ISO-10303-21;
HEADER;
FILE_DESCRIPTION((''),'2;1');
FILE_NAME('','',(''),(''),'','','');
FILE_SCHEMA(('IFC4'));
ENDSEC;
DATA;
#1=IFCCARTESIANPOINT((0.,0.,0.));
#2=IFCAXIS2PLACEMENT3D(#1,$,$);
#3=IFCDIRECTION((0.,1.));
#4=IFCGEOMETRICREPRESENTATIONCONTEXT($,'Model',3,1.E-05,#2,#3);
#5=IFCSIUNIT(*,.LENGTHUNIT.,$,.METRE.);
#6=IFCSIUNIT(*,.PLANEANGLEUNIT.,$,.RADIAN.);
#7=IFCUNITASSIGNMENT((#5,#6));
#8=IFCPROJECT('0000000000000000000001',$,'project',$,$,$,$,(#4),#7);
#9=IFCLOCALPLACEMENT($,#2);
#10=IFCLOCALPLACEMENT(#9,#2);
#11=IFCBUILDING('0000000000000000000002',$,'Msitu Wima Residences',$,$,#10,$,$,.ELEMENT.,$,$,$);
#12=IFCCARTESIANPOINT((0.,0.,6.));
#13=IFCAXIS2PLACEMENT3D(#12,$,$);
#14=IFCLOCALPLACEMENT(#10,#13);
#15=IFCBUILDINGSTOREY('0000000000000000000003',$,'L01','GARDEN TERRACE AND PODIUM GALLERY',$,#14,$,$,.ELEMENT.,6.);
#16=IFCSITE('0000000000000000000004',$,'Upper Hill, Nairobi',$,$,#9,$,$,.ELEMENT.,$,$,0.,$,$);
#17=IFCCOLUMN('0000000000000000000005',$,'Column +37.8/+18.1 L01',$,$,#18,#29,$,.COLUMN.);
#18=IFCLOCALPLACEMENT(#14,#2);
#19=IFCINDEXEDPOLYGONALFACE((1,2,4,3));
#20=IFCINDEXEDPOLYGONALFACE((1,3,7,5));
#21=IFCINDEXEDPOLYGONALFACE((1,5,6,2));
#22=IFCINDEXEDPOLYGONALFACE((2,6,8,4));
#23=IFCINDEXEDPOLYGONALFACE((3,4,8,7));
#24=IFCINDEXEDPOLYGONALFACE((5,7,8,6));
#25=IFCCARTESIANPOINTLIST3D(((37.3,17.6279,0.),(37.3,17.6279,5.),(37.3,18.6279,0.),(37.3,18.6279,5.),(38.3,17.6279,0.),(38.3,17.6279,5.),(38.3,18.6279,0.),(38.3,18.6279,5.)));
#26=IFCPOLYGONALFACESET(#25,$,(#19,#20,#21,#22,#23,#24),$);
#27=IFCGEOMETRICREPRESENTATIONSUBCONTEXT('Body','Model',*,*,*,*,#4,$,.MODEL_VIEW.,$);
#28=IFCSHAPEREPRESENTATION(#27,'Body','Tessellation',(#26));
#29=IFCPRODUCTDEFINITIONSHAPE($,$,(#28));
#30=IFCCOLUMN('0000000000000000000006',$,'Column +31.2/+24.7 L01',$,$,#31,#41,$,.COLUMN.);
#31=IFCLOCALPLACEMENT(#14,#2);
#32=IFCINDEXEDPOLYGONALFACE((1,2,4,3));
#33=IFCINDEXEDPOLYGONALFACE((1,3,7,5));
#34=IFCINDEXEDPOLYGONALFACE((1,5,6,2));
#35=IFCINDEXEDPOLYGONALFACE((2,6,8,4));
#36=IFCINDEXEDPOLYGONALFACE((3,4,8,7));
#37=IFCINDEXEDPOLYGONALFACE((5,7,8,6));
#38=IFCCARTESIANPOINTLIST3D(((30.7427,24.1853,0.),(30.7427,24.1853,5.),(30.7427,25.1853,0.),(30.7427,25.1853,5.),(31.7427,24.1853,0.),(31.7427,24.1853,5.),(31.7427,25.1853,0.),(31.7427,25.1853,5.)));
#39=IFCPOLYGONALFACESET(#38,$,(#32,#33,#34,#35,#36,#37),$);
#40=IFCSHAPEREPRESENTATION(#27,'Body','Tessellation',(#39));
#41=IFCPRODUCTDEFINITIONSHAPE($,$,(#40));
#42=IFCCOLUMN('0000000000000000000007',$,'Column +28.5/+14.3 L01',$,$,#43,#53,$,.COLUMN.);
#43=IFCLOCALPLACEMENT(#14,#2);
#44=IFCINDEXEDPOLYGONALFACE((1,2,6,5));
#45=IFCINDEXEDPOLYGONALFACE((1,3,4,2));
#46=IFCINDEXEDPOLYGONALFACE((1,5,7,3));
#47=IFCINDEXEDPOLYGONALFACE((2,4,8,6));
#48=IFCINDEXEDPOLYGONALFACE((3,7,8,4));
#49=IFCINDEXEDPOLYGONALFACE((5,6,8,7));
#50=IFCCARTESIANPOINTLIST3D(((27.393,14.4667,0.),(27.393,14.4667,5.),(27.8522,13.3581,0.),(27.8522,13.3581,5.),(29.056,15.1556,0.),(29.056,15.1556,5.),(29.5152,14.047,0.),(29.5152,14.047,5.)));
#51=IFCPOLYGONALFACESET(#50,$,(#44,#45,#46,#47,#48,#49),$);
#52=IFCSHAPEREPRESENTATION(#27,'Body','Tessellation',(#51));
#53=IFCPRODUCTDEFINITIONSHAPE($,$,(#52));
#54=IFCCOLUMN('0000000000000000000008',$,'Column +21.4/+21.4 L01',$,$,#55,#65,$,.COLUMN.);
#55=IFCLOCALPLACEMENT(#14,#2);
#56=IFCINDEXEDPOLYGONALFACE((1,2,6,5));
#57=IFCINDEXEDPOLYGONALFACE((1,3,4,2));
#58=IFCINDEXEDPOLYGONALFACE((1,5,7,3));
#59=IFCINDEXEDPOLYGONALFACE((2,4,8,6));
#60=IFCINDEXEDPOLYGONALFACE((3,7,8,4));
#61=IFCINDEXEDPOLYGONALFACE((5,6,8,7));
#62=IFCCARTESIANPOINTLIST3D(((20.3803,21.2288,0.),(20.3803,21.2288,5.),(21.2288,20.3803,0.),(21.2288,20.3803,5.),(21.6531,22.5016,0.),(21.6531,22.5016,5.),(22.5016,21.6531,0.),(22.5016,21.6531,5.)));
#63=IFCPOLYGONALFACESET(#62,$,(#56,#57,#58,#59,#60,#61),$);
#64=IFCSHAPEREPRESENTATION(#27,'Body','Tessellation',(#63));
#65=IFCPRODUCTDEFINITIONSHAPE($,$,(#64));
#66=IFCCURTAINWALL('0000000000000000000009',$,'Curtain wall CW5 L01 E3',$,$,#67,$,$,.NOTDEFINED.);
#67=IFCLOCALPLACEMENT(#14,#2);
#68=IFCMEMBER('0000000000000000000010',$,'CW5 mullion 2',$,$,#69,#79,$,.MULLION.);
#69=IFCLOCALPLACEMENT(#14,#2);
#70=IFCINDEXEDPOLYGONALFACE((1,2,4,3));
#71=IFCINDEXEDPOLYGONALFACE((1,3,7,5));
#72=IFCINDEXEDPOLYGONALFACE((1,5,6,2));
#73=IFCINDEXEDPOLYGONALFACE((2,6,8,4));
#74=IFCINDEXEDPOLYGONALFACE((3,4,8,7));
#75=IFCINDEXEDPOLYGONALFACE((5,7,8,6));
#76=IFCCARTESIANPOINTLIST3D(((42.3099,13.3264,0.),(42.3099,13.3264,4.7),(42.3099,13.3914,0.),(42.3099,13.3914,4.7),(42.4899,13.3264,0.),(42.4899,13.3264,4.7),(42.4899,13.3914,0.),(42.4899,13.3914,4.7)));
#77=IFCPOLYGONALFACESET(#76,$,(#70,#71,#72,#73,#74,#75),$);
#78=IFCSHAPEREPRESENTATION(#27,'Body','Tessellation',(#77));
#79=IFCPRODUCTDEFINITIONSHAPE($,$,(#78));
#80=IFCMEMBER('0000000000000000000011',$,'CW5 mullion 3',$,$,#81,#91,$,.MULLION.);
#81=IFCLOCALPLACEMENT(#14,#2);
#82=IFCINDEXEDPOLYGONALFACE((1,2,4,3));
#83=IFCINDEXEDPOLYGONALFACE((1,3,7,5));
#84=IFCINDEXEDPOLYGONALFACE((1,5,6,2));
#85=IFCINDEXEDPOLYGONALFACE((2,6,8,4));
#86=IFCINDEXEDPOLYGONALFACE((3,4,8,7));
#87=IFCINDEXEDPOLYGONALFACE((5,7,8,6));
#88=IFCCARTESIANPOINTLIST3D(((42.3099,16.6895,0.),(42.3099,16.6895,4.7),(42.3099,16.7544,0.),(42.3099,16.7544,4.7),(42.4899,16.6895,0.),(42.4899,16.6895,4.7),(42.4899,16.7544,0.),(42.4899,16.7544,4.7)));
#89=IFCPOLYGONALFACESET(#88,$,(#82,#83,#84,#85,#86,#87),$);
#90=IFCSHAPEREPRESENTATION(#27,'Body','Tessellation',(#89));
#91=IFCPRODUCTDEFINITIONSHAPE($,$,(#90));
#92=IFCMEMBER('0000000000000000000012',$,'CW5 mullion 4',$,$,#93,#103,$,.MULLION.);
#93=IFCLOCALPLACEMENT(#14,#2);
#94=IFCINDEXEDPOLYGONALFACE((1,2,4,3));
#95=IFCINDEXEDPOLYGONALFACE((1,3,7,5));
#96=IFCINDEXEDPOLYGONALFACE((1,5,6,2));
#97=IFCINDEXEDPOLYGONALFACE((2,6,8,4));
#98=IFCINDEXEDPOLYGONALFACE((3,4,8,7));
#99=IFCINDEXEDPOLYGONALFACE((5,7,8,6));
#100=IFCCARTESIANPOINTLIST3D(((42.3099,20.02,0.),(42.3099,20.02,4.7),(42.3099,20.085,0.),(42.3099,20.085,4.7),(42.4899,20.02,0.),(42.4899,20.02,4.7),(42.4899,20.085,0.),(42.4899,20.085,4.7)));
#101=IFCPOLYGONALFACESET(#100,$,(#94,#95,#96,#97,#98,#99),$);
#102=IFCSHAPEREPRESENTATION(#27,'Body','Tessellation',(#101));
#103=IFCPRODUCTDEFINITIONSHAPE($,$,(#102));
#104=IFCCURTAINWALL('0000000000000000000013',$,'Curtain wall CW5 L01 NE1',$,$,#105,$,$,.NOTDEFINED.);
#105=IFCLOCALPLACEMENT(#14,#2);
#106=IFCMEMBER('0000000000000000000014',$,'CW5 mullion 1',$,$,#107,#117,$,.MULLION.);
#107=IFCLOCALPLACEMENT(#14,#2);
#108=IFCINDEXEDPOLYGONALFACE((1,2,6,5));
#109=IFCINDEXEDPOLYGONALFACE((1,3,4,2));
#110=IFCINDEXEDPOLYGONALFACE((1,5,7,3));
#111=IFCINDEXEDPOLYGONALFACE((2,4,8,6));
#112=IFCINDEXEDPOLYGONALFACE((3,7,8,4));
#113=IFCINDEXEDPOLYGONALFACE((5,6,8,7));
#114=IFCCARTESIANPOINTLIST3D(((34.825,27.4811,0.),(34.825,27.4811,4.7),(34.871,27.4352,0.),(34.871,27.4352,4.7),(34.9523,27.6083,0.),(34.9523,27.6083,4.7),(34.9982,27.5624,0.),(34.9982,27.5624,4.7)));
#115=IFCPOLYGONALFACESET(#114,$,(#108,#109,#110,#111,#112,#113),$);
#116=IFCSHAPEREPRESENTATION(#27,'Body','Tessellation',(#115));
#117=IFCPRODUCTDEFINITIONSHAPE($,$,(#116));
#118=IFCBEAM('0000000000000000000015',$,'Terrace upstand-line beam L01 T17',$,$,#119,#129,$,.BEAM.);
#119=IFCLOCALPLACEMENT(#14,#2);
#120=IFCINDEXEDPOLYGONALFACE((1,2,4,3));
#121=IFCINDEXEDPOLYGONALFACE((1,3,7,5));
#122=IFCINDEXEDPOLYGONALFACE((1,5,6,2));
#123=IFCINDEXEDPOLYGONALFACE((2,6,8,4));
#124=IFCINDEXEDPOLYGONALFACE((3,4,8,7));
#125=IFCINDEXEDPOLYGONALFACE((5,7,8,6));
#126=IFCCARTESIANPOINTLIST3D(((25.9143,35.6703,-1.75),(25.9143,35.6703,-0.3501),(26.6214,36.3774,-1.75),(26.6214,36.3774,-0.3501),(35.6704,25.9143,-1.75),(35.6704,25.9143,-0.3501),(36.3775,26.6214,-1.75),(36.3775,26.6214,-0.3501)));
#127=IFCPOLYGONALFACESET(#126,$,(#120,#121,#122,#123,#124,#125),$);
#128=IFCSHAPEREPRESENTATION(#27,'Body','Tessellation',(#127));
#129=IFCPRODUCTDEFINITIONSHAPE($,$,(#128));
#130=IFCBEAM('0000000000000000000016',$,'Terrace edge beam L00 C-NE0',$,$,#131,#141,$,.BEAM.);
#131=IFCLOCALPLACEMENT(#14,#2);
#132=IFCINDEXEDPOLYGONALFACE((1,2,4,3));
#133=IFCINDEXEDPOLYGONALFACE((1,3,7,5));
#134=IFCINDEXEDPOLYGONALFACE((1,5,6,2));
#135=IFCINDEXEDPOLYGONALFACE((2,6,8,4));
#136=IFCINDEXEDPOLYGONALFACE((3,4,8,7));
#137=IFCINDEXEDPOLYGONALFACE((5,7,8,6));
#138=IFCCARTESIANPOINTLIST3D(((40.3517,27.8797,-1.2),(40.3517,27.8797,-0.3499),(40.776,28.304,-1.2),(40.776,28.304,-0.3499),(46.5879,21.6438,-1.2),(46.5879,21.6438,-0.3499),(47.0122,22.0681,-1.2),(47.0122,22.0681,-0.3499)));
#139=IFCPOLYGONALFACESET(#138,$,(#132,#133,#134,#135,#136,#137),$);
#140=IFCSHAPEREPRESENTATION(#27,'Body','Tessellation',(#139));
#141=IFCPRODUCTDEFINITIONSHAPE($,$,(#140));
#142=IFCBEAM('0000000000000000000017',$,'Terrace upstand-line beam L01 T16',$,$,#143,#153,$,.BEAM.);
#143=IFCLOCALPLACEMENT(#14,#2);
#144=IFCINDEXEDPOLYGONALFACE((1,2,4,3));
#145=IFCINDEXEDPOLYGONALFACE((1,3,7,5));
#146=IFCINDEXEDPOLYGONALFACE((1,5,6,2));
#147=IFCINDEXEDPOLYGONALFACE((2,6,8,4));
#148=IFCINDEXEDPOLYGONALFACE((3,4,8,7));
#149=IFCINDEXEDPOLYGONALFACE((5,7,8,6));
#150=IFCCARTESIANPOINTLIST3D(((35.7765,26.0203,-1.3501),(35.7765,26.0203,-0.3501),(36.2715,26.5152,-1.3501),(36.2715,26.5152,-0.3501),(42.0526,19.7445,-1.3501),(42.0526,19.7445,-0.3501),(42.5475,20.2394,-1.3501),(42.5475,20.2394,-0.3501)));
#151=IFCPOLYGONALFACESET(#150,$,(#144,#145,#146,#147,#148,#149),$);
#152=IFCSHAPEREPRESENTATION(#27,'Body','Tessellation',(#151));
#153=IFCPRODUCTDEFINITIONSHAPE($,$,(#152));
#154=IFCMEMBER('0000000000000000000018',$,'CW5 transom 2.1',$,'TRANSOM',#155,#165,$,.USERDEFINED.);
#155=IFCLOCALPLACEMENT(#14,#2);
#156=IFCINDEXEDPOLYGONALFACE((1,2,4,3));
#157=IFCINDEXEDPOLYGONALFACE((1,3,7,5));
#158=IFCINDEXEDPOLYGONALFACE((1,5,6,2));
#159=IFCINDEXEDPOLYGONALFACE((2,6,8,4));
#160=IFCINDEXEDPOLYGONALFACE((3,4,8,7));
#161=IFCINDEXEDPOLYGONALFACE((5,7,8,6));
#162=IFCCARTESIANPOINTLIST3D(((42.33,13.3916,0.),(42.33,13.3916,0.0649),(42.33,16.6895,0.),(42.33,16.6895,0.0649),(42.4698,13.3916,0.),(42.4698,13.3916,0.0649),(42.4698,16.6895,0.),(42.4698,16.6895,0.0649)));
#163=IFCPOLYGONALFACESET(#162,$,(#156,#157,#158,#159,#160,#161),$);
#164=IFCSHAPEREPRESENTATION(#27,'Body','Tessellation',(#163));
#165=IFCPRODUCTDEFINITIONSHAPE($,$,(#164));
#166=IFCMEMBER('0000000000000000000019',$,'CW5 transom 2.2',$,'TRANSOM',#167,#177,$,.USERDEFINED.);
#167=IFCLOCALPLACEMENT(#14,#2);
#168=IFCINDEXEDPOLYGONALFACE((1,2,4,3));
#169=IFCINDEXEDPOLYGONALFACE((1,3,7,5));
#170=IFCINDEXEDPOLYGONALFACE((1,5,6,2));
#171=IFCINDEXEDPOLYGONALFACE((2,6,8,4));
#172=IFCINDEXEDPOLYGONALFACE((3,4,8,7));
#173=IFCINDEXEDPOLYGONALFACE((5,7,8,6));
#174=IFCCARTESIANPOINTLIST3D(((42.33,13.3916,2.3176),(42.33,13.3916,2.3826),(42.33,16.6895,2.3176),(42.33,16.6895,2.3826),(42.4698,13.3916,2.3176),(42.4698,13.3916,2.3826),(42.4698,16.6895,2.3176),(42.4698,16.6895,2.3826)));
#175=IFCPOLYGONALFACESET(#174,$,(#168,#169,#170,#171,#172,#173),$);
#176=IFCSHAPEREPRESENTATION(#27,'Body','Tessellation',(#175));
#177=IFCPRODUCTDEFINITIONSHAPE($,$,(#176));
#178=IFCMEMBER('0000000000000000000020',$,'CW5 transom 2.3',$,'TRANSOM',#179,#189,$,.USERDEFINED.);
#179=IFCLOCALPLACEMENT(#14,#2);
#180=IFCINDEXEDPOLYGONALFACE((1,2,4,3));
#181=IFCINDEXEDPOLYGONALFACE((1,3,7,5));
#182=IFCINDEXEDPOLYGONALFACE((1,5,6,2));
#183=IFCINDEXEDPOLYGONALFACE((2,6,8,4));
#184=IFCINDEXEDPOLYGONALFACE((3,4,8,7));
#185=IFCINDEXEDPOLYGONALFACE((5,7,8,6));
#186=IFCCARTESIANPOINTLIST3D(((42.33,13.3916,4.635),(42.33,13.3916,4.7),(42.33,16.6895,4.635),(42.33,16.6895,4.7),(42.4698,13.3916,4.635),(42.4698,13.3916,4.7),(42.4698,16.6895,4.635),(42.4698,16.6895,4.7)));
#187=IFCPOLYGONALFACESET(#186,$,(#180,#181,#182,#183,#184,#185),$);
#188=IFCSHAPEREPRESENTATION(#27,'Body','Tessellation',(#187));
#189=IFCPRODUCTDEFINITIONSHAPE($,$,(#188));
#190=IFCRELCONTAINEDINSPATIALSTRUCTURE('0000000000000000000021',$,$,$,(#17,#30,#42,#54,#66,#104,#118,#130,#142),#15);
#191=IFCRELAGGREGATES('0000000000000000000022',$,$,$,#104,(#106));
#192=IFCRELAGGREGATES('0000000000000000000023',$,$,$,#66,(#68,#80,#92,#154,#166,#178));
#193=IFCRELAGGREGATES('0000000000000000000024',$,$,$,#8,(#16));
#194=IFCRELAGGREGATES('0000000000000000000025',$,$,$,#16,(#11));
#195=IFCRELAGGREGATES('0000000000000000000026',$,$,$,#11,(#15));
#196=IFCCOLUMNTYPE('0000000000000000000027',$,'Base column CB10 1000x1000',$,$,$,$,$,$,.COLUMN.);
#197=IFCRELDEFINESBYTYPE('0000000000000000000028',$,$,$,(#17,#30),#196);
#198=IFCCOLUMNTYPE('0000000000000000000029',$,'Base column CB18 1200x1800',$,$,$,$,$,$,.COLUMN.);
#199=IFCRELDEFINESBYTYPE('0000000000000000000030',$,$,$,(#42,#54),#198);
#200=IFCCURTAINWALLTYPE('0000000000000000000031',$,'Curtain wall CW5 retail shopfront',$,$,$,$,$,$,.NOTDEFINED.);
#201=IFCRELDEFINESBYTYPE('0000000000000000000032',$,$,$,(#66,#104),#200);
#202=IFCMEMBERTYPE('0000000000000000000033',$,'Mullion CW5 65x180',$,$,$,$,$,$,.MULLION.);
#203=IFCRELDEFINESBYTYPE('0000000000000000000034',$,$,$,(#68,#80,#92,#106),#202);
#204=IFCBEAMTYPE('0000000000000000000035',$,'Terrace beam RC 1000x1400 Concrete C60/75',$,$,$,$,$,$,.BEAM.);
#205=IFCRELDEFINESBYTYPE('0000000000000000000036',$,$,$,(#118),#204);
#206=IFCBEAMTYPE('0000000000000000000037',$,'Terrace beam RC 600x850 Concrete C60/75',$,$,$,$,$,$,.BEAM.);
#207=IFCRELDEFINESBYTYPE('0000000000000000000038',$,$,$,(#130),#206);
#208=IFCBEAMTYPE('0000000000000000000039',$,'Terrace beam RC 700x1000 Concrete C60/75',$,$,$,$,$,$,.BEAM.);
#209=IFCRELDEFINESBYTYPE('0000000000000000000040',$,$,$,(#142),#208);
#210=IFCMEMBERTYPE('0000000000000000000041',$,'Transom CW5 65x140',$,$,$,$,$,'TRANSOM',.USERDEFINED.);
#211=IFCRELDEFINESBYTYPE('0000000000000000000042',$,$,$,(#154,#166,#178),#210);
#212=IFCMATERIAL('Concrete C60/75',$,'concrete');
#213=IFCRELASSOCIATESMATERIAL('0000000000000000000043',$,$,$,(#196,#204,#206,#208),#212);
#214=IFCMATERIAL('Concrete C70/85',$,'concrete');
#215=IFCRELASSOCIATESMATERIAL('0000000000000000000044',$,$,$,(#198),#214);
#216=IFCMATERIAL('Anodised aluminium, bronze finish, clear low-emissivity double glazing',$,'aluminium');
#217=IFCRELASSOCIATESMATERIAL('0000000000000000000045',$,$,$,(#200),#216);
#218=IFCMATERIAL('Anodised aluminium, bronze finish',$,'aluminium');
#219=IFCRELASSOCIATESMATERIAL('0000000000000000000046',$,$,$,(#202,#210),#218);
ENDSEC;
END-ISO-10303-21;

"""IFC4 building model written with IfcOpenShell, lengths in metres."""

from ifc_helpers import new_model, si_unit, direction, frame, origin, origin_2d, place, context, subcontext, project, spatial, rectangle, extrude, material, material_profile, profile_set, type_object, element, aggregate, save


model = new_model("IFC4")

# Units and contexts
model_context = context("Model", 3, precision=1e-05, world=origin(), true_north=direction((0.0, 1.0)))
body_context = subcontext(model_context, "Body", "Model", "MODEL_VIEW")
ifc_project = project(units=[si_unit("LENGTHUNIT", "METRE"), si_unit("PLANEANGLEUNIT", "RADIAN")], contexts=[model_context])

# Site, building, storey
site_placement = place(None, origin())
site = spatial("IfcSite", under=ifc_project, at=site_placement, Name="Upper Hill, Nairobi", CompositionType="ELEMENT", RefElevation=0.0)
building_placement = place(site_placement, origin())
building = spatial("IfcBuilding", under=site, at=building_placement, Name="Msitu Wima Residences", CompositionType="ELEMENT")
storey_placement = place(building_placement, frame((0.0, 0.0, 6.0)))
storey = spatial("IfcBuildingStorey", under=building, at=storey_placement, Name="L01", Description="GARDEN TERRACE AND PODIUM GALLERY", CompositionType="ELEMENT", Elevation=6.0)

# Columns
ifc_material_1 = material(Name="Concrete C60/75", Category="concrete")
ifc_material_profile_1 = material_profile(ifc_material_1, rectangle(XDim=1.0, YDim=1.0, at=origin_2d()), Name="RC 1000x1000")
ifc_profile_set_1 = profile_set([ifc_material_profile_1], Name="Concrete C60/75")
column_type_1 = type_object("IfcColumnType", Name="Base column CB10 1000x1000", PredefinedType="COLUMN", material=ifc_profile_set_1)
for number, where, z_axis, x_axis, name in (
    (1, (37.8, 18.1279, 0.0), (0.0, 0.0, 1.0), (1.0, 0.0, 0.0), "Column +37.8/+18.1 L01"),
    (2, (31.2427, 24.6853, 0.0), (0.0, 0.0, 1.0), (1.0, 0.0, 0.0), "Column +31.2/+24.7 L01"),
):
    element("IfcColumn", number, at=place(storey_placement, frame(where, z_axis=z_axis, x_axis=x_axis)), inside=storey, type_object=column_type_1, Name=name, PredefinedType="COLUMN", context=body_context, shape_type="SweptSolid", body=[
        extrude(rectangle(XDim=1.0, YDim=1.0, at=origin_2d()), origin(), (0.0, 0.0, 1.0), 5.0),
    ])
ifc_material_2 = material(Name="Concrete C70/85", Category="concrete")
ifc_material_profile_2 = material_profile(ifc_material_2, rectangle(XDim=1.2, YDim=1.8, at=origin_2d()), Name="RC 1200x1800")
ifc_profile_set_2 = profile_set([ifc_material_profile_2], Name="Concrete C70/85")
column_type_2 = type_object("IfcColumnType", Name="Base column CB18 1200x1800", PredefinedType="COLUMN", material=ifc_profile_set_2)
for number, where, z_axis, x_axis, name in (
    (3, (28.4541, 14.2568, 0.0), (0.0, 0.0, 1.0), (-0.382683, 0.92388, 0.0), "Column +28.5/+14.3 L01"),
    (4, (21.4409, 21.4409, 0.0), (0.0, 0.0, 1.0), (-0.707107, 0.707107, 0.0), "Column +21.4/+21.4 L01"),
):
    element("IfcColumn", number, at=place(storey_placement, frame(where, z_axis=z_axis, x_axis=x_axis)), inside=storey, type_object=column_type_2, Name=name, PredefinedType="COLUMN", context=body_context, shape_type="SweptSolid", body=[
        extrude(rectangle(XDim=1.2, YDim=1.8, at=origin_2d()), origin(), (0.0, 0.0, 1.0), 5.0),
    ])

# Curtain wall, members
ifc_material_3 = material(Name="Anodised aluminium, bronze finish, clear low-emissivity double glazing", Category="aluminium")
curtain_wall_type = type_object("IfcCurtainWallType", Name="Curtain wall CW5 retail shopfront", PredefinedType="NOTDEFINED", material=ifc_material_3)
curtain_wall_1_placement = place(storey_placement, origin())
curtain_wall_1 = element("IfcCurtainWall", 5, at=curtain_wall_1_placement, inside=storey, type_object=curtain_wall_type, Name="Curtain wall CW5 L01 E3", PredefinedType="NOTDEFINED")
ifc_material_4 = material(Name="Anodised aluminium, bronze finish", Category="aluminium")
ifc_material_profile_3 = material_profile(ifc_material_4, rectangle(XDim=0.1799, YDim=0.0649, at=origin_2d()), Name="Mullion 65x180")
ifc_profile_set_3 = profile_set([ifc_material_profile_3], Name="Anodised aluminium, bronze finish")
member_type_1 = type_object("IfcMemberType", Name="Mullion CW5 65x180", PredefinedType="MULLION", material=ifc_profile_set_3)
member_1_placement = place(storey_placement, frame((42.3999, 13.3589, 0.0), z_axis=(0.0, 0.0, 1.0), x_axis=(-1.0, 0.0, 0.0)))
member_1 = element("IfcMember", 6, at=member_1_placement, type_object=member_type_1, Name="CW5 mullion 2", PredefinedType="MULLION", context=body_context, shape_type="SweptSolid", body=[
    extrude(rectangle(XDim=0.1799, YDim=0.0649, at=origin_2d()), origin(), (0.0, 0.0, 1.0), 4.7),
])
member_2_placement = place(storey_placement, frame((42.3999, 16.7219, 0.0), z_axis=(0.0, 0.0, 1.0), x_axis=(-1.0, 0.0, 0.0)))
member_2 = element("IfcMember", 7, at=member_2_placement, type_object=member_type_1, Name="CW5 mullion 3", PredefinedType="MULLION", context=body_context, shape_type="SweptSolid", body=[
    extrude(rectangle(XDim=0.1799, YDim=0.0649, at=origin_2d()), origin(), (0.0, 0.0, 1.0), 4.7),
])
member_3_placement = place(storey_placement, frame((42.3999, 20.0525, 0.0), z_axis=(0.0, 0.0, 1.0), x_axis=(-1.0, 0.0, 0.0)))
member_3 = element("IfcMember", 8, at=member_3_placement, type_object=member_type_1, Name="CW5 mullion 4", PredefinedType="MULLION", context=body_context, shape_type="SweptSolid", body=[
    extrude(rectangle(XDim=0.1799, YDim=0.0649, at=origin_2d()), origin(), (0.0, 0.0, 1.0), 4.7),
])

# Curtain wall, member
curtain_wall_2_placement = place(storey_placement, origin())
curtain_wall_2 = element("IfcCurtainWall", 9, at=curtain_wall_2_placement, inside=storey, type_object=curtain_wall_type, Name="Curtain wall CW5 L01 NE1", PredefinedType="NOTDEFINED")
member_4_placement = place(storey_placement, frame((34.9116, 27.5217, 0.0), z_axis=(0.0, 0.0, 1.0), x_axis=(-0.707107, -0.707107, 0.0)))
member_4 = element("IfcMember", 10, at=member_4_placement, type_object=member_type_1, Name="CW5 mullion 1", PredefinedType="MULLION", context=body_context, shape_type="SweptSolid", body=[
    extrude(rectangle(XDim=0.1799, YDim=0.0649, at=origin_2d()), origin(), (0.0, 0.0, 1.0), 4.7),
])

# Beams
ifc_material_profile_4 = material_profile(ifc_material_1, rectangle(XDim=1.0, YDim=1.3999, at=origin_2d()), Name="RC 1000x1400")
ifc_profile_set_4 = profile_set([ifc_material_profile_4], Name="Concrete C60/75")
beam_type_1 = type_object("IfcBeamType", Name="Terrace beam RC 1000x1400 Concrete C60/75", PredefinedType="BEAM", material=ifc_profile_set_4)
beam_1_placement = place(storey_placement, frame((36.0239, 26.2678, -1.05), z_axis=(-0.707107, 0.707107, 0.0), x_axis=(-0.707107, -0.707107, 0.0)))
element("IfcBeam", 11, at=beam_1_placement, inside=storey, type_object=beam_type_1, Name="Terrace upstand-line beam L01 T17", PredefinedType="BEAM", context=body_context, shape_type="SweptSolid", body=[
    extrude(rectangle(XDim=1.0, YDim=1.3999, at=origin_2d()), origin(), (0.0, 0.0, 1.0), 13.7971),
])
ifc_material_profile_5 = material_profile(ifc_material_1, rectangle(XDim=0.6001, YDim=0.8501, at=origin_2d()), Name="RC 600x850")
ifc_profile_set_5 = profile_set([ifc_material_profile_5], Name="Concrete C60/75")
beam_type_2 = type_object("IfcBeamType", Name="Terrace beam RC 600x850 Concrete C60/75", PredefinedType="BEAM", material=ifc_profile_set_5)
beam_2_placement = place(storey_placement, frame((46.8, 21.856, -0.7749), z_axis=(-0.707121, 0.707093, 0.0), x_axis=(-0.707093, -0.707121, 0.0)))
element("IfcBeam", 12, at=beam_2_placement, inside=storey, type_object=beam_type_2, Name="Terrace edge beam L00 C-NE0", PredefinedType="BEAM", context=body_context, shape_type="SweptSolid", body=[
    extrude(rectangle(XDim=0.6001, YDim=0.8501, at=origin_2d()), origin(), (0.0, 0.0, 1.0), 8.8191),
])
ifc_material_profile_6 = material_profile(ifc_material_1, rectangle(XDim=0.7, YDim=1.0, at=origin_2d()), Name="RC 700x1000")
ifc_profile_set_6 = profile_set([ifc_material_profile_6], Name="Concrete C60/75")
beam_type_3 = type_object("IfcBeamType", Name="Terrace beam RC 700x1000 Concrete C60/75", PredefinedType="BEAM", material=ifc_profile_set_6)
beam_3_placement = place(storey_placement, frame((42.3, 19.9919, -0.8501), z_axis=(-0.707121, 0.707093, 0.0), x_axis=(-0.707093, -0.707121, 0.0)))
element("IfcBeam", 13, at=beam_3_placement, inside=storey, type_object=beam_type_3, Name="Terrace upstand-line beam L01 T16", PredefinedType="BEAM", context=body_context, shape_type="SweptSolid", body=[
    extrude(rectangle(XDim=0.7, YDim=1.0, at=origin_2d()), origin(), (0.0, 0.0, 1.0), 8.8755),
])

# Members
ifc_material_profile_7 = material_profile(ifc_material_4, rectangle(XDim=0.1399, YDim=0.0649, at=origin_2d()), Name="Transom 65x140")
ifc_profile_set_7 = profile_set([ifc_material_profile_7], Name="Anodised aluminium, bronze finish")
member_type_2 = type_object("IfcMemberType", Name="Transom CW5 65x140", ElementType="TRANSOM", PredefinedType="USERDEFINED", material=ifc_profile_set_7)
member_5_placement = place(storey_placement, frame((42.3999, 13.3916, 0.0325), z_axis=(0.0, 1.0, 0.0), x_axis=(-1.0, 0.0, 0.0)))
member_5 = element("IfcMember", 14, at=member_5_placement, type_object=member_type_2, Name="CW5 transom 2.1", ObjectType="TRANSOM", PredefinedType="USERDEFINED", context=body_context, shape_type="SweptSolid", body=[
    extrude(rectangle(XDim=0.1399, YDim=0.0649, at=origin_2d()), origin(), (0.0, 0.0, 1.0), 3.2979),
])
member_6_placement = place(storey_placement, frame((42.3999, 13.3916, 2.3501), z_axis=(0.0, 1.0, 0.0), x_axis=(-1.0, 0.0, 0.0)))
member_6 = element("IfcMember", 15, at=member_6_placement, type_object=member_type_2, Name="CW5 transom 2.2", ObjectType="TRANSOM", PredefinedType="USERDEFINED", context=body_context, shape_type="SweptSolid", body=[
    extrude(rectangle(XDim=0.1399, YDim=0.0649, at=origin_2d()), origin(), (0.0, 0.0, 1.0), 3.2979),
])
member_7_placement = place(storey_placement, frame((42.3999, 13.3916, 4.6675), z_axis=(0.0, 1.0, 0.0), x_axis=(-1.0, 0.0, 0.0)))
member_7 = element("IfcMember", 16, at=member_7_placement, type_object=member_type_2, Name="CW5 transom 2.3", ObjectType="TRANSOM", PredefinedType="USERDEFINED", context=body_context, shape_type="SweptSolid", body=[
    extrude(rectangle(XDim=0.1399, YDim=0.0649, at=origin_2d()), origin(), (0.0, 0.0, 1.0), 3.2979),
])
aggregate(curtain_wall_2, [member_4])

aggregate(curtain_wall_1, [member_1, member_2, member_3, member_5, member_6, member_7])

save(model, "model.ifc")
